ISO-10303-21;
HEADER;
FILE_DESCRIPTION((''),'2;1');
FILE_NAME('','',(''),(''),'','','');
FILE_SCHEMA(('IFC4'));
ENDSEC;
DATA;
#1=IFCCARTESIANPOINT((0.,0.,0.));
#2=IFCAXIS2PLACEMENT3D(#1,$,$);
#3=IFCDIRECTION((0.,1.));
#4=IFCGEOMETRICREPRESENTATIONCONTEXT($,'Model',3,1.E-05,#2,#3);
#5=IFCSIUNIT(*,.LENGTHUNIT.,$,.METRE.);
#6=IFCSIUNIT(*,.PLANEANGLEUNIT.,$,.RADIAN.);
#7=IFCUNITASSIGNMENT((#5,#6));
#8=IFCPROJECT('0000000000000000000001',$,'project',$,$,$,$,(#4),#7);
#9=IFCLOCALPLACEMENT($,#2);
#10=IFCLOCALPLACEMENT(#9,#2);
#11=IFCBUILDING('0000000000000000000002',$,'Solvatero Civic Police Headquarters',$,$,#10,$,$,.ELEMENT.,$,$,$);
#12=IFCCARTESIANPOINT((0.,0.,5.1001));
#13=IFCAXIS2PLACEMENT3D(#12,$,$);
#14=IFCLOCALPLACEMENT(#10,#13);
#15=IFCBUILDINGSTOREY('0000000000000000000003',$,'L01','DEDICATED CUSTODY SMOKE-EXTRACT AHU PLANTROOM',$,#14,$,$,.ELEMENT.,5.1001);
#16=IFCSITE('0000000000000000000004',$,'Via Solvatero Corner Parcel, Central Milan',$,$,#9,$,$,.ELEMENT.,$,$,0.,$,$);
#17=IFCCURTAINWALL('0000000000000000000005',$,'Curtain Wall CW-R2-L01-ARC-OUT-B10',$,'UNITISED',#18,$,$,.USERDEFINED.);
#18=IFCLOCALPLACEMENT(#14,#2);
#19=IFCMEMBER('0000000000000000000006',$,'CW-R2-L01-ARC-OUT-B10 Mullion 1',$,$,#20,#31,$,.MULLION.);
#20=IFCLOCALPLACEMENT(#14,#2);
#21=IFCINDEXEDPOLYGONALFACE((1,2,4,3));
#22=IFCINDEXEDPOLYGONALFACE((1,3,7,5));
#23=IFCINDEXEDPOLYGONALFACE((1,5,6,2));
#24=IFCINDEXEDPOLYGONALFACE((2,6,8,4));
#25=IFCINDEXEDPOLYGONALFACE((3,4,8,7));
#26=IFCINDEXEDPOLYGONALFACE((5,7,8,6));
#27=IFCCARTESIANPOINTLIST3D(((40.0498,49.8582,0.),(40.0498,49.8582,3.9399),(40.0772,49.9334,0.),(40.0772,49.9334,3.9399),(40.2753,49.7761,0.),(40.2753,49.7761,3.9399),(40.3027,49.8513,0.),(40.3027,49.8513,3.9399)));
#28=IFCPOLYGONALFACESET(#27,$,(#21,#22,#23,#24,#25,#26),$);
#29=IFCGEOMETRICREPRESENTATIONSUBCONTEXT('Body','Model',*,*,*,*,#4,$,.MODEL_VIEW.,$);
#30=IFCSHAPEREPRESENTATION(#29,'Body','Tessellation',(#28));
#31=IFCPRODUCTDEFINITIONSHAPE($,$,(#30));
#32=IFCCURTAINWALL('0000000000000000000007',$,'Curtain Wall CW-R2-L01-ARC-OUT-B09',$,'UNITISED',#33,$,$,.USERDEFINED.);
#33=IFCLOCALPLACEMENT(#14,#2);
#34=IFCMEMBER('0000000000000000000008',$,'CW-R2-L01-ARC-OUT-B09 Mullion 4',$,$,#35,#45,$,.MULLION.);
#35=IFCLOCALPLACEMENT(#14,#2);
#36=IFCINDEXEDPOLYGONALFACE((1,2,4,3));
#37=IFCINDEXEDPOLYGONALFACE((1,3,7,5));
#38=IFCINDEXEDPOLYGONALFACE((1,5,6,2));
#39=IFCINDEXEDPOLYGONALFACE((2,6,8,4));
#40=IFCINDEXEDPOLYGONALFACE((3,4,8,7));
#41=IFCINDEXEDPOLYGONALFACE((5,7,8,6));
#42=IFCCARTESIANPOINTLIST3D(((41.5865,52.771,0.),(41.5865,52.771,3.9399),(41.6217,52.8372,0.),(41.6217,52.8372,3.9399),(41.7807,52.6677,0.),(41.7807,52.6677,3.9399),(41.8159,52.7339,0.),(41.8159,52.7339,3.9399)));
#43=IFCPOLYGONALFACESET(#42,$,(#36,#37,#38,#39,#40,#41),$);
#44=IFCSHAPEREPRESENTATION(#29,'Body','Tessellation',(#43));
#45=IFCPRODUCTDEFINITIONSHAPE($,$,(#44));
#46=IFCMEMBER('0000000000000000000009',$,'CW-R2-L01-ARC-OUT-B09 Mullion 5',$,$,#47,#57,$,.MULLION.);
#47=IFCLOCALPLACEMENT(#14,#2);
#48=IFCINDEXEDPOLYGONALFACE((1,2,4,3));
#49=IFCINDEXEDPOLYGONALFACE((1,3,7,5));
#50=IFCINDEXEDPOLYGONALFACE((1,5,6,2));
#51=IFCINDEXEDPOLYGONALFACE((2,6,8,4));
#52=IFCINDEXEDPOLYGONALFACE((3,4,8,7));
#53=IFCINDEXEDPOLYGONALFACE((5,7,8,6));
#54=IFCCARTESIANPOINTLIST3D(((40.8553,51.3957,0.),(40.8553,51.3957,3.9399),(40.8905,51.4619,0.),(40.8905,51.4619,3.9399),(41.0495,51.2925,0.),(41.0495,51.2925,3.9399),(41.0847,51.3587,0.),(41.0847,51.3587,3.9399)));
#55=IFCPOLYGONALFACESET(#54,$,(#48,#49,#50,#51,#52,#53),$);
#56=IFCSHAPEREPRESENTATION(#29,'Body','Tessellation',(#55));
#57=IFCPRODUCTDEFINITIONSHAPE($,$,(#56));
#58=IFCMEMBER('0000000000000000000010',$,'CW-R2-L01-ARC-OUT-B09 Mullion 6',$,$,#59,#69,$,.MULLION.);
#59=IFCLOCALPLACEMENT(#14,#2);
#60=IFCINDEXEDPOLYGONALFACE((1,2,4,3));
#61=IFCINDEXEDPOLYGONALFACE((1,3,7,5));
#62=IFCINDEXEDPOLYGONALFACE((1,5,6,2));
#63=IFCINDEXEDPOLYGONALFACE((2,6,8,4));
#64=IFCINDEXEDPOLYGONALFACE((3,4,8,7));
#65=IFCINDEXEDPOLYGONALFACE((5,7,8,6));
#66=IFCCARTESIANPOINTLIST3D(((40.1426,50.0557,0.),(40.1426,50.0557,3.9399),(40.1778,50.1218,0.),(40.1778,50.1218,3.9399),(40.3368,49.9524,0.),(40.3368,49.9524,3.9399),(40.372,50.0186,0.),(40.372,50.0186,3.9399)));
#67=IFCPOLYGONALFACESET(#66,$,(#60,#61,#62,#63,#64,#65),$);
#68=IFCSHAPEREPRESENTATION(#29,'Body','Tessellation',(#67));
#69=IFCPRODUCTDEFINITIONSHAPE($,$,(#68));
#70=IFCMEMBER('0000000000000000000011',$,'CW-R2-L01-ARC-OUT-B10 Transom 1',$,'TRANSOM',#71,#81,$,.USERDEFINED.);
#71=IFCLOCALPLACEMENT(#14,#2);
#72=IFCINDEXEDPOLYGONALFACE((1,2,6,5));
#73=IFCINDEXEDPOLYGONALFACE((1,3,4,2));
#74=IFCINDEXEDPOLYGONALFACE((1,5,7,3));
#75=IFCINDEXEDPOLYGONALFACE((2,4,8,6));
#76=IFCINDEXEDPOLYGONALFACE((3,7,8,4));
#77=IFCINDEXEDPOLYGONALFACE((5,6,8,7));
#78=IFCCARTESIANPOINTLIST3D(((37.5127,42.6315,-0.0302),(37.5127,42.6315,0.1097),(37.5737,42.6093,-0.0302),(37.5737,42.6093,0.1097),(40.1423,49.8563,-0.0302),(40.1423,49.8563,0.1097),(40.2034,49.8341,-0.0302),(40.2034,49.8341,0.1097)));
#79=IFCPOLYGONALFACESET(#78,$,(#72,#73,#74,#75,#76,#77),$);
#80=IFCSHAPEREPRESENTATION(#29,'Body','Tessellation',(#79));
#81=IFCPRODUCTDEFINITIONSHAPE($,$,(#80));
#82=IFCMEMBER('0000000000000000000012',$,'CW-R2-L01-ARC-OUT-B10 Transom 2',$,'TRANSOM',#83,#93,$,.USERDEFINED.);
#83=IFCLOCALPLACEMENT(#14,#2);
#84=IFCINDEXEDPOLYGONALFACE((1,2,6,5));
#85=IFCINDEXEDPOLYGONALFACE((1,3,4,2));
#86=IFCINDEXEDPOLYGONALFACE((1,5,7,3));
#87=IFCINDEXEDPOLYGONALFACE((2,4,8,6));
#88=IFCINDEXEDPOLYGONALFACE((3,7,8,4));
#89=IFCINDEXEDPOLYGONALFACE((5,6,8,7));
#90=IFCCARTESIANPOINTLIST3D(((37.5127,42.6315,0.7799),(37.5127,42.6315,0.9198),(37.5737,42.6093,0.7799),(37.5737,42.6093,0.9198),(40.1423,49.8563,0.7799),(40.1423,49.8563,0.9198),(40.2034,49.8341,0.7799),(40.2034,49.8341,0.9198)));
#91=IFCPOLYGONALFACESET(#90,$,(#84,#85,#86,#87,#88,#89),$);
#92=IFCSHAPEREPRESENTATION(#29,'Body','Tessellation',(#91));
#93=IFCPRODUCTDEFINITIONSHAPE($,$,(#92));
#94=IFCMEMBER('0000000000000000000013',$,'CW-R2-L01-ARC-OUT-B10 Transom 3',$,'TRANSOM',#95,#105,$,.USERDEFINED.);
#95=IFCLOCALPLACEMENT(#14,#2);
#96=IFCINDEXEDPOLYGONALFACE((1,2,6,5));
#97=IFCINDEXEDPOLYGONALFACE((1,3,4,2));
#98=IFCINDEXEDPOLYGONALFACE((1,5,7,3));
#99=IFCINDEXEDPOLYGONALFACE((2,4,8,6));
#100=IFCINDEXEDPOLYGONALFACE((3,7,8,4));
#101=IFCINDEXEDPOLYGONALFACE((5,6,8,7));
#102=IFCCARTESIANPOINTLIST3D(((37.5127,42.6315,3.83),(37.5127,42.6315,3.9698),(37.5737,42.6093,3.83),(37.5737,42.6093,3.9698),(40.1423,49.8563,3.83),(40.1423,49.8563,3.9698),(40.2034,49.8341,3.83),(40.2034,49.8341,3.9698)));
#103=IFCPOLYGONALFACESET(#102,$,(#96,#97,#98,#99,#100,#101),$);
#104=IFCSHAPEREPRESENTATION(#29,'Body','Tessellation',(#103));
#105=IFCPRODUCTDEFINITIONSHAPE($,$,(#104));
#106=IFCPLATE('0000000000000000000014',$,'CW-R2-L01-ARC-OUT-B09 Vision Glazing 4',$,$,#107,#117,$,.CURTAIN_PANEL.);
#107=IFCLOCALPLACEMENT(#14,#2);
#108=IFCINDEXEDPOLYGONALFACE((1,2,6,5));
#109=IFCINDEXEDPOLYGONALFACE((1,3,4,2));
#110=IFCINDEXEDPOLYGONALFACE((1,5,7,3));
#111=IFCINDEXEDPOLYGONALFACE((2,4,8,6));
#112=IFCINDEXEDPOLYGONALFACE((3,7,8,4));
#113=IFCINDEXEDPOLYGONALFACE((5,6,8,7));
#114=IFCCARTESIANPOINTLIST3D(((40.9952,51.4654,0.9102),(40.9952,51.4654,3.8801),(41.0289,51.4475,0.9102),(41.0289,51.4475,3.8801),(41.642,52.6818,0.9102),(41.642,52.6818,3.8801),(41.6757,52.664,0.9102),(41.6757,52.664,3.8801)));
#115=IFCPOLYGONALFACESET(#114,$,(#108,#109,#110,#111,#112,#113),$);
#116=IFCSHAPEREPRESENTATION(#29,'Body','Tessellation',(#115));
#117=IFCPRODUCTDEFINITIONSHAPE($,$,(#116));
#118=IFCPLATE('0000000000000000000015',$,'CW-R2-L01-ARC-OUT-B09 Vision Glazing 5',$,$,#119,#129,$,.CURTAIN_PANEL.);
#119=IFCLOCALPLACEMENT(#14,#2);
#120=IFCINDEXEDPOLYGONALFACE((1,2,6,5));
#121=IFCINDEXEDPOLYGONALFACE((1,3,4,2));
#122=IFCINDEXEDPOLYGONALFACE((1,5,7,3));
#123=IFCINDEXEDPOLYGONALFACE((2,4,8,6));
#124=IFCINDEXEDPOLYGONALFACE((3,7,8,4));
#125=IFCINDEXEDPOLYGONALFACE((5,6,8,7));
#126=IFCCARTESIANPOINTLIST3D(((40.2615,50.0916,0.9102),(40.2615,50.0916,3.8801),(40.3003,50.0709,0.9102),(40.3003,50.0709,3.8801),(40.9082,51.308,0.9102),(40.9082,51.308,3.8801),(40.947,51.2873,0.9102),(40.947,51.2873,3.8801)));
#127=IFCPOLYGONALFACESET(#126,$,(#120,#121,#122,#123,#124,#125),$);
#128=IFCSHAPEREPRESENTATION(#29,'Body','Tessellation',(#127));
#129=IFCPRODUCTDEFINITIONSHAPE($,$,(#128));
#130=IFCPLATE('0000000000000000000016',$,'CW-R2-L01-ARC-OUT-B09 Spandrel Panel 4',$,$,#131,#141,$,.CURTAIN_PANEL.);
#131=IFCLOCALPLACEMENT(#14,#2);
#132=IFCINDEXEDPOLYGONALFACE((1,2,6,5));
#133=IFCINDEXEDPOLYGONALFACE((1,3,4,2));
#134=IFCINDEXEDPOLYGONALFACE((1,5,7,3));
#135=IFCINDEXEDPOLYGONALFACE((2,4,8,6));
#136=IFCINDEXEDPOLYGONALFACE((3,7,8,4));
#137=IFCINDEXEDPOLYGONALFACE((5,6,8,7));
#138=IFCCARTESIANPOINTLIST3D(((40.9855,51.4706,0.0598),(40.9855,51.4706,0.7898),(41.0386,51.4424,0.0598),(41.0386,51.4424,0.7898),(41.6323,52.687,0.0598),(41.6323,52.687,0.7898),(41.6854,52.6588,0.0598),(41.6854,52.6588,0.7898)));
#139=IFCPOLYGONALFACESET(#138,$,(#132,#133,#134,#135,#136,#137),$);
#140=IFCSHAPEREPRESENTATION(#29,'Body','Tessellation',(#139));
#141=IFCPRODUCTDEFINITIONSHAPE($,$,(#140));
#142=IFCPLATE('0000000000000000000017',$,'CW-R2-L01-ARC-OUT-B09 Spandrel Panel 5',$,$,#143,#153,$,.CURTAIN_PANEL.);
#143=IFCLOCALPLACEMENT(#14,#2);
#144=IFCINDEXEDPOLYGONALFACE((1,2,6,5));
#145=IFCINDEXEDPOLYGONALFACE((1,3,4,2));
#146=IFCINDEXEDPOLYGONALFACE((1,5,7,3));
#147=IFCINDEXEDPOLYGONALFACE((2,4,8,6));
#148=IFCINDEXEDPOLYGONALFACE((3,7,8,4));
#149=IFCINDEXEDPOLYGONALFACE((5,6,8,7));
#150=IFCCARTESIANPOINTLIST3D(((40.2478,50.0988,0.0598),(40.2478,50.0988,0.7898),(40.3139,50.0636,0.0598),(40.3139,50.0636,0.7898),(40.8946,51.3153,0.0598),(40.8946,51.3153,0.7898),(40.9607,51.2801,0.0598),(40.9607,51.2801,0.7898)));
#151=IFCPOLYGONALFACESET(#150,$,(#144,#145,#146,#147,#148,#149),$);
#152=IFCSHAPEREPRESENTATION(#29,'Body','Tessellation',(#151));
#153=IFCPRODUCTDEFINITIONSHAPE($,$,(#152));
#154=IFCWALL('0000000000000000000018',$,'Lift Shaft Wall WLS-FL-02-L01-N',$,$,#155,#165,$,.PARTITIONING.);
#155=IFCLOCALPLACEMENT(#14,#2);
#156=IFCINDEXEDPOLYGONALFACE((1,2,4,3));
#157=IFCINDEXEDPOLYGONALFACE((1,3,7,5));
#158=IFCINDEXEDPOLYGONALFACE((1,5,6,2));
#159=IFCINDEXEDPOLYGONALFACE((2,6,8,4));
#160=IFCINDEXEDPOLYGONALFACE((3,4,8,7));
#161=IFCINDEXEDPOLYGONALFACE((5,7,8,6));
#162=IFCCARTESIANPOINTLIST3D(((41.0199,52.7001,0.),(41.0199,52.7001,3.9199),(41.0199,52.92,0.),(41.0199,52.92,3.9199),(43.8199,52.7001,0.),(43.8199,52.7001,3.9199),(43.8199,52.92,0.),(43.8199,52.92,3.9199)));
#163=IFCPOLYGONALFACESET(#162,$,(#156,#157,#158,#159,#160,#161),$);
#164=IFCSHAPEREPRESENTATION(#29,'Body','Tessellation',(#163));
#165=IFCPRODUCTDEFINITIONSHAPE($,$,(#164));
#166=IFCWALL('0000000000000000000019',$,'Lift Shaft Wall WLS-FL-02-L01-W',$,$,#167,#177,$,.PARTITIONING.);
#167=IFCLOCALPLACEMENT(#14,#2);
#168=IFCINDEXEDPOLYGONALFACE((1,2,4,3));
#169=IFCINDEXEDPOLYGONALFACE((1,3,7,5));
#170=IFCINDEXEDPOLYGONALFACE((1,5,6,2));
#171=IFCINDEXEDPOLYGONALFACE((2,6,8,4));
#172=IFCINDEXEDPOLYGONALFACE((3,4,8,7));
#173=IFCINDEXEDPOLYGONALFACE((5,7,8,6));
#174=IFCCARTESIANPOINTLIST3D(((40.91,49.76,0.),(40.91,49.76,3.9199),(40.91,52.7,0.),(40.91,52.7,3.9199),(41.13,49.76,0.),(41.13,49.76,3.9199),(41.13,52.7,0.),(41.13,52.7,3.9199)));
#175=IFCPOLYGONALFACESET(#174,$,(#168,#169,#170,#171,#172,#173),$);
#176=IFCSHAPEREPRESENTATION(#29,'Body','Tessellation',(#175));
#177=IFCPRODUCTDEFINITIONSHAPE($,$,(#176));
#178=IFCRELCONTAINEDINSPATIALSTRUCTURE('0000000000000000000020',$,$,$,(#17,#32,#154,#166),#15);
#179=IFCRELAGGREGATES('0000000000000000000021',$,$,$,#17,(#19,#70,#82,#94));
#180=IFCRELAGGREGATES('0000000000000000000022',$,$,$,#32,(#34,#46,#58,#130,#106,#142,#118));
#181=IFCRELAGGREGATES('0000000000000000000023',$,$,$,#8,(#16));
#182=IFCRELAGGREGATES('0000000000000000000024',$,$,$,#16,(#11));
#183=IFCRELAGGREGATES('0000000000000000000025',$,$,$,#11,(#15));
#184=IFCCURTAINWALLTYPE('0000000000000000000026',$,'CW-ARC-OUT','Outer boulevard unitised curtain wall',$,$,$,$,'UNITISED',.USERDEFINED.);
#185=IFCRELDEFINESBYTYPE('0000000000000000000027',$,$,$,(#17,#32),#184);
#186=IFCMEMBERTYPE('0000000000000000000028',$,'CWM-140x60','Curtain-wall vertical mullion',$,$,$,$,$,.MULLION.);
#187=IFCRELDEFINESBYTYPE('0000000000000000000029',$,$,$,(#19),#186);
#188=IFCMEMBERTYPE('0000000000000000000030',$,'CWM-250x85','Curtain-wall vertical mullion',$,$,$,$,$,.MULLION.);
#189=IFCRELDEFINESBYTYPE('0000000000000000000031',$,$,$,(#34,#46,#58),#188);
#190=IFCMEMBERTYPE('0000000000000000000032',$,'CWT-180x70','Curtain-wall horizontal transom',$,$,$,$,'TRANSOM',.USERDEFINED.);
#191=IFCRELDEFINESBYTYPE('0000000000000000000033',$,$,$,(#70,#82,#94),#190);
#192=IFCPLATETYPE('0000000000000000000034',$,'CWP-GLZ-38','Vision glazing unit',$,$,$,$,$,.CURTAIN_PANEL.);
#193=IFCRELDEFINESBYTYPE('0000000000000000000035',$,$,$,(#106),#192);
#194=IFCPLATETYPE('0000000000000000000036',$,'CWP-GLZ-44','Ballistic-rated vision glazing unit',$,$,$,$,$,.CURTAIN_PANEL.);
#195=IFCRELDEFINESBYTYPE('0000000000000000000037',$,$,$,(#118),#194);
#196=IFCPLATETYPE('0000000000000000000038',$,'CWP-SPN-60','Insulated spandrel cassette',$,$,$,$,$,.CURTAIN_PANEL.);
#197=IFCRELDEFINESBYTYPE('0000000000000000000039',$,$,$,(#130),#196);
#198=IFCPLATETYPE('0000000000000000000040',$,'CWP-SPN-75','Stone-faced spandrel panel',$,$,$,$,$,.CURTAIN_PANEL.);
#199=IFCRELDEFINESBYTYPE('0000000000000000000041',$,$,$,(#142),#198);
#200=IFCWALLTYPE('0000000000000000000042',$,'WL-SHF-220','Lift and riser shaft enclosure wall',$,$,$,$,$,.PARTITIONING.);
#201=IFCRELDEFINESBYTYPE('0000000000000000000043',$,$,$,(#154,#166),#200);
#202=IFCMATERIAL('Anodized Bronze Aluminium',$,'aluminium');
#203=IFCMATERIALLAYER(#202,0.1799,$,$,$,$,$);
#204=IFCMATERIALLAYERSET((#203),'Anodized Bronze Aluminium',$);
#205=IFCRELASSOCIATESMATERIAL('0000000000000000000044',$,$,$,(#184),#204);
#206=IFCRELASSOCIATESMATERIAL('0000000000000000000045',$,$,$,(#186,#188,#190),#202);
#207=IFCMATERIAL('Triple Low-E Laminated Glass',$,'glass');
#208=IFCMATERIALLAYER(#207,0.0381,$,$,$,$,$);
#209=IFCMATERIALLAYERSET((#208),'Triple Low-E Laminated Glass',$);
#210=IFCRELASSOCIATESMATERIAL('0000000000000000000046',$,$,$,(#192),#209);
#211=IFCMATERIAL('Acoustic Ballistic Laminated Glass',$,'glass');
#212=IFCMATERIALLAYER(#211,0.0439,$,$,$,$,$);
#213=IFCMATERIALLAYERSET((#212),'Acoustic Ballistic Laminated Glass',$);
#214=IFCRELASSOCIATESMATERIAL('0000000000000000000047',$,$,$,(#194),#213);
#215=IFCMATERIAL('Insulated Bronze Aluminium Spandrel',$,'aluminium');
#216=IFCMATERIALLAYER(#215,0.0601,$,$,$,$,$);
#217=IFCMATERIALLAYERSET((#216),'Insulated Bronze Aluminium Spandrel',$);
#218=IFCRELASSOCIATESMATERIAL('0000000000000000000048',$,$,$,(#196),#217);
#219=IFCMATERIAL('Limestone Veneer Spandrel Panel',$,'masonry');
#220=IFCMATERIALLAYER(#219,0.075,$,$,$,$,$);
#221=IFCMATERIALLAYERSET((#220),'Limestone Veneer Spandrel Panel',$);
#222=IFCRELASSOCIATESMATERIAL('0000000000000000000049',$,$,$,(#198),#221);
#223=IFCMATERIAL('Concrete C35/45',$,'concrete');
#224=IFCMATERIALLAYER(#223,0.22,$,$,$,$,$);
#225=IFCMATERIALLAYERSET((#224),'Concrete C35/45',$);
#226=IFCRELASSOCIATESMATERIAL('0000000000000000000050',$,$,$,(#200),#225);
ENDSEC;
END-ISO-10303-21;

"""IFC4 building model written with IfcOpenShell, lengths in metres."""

from ifc_helpers import new_model, si_unit, direction, frame, frame_2d, origin, origin_2d, place, context, subcontext, project, spatial, rectangle, extrude, material, layer, layer_set, material_profile, profile_set, type_object, element, aggregate, save


model = new_model("IFC4")

# Units and contexts
model_context = context("Model", 3, precision=1e-05, world=origin(), true_north=direction((0.0, 1.0)))
body_context = subcontext(model_context, "Body", "Model", "MODEL_VIEW")
ifc_project = project(units=[si_unit("LENGTHUNIT", "METRE"), si_unit("PLANEANGLEUNIT", "RADIAN")], contexts=[model_context])

# Site, building, storey
site_placement = place(None, origin())
site = spatial("IfcSite", under=ifc_project, at=site_placement, Name="Via Solvatero Corner Parcel, Central Milan", CompositionType="ELEMENT", RefElevation=0.0)
building_placement = place(site_placement, origin())
building = spatial("IfcBuilding", under=site, at=building_placement, Name="Solvatero Civic Police Headquarters", CompositionType="ELEMENT")
storey_placement = place(building_placement, frame((0.0, 0.0, 5.1001)))
storey = spatial("IfcBuildingStorey", under=building, at=storey_placement, Name="L01", Description="DEDICATED CUSTODY SMOKE-EXTRACT AHU PLANTROOM", CompositionType="ELEMENT", Elevation=5.1001)

# Curtain wall, member
ifc_material_1 = material(Name="Anodized Bronze Aluminium", Category="aluminium")
ifc_layer_1 = layer(ifc_material_1, 0.1799)
ifc_layer_set_1 = layer_set([ifc_layer_1], Name="Anodized Bronze Aluminium")
curtain_wall_type = type_object("IfcCurtainWallType", Name="CW-ARC-OUT", Description="Outer boulevard unitised curtain wall", ElementType="UNITISED", PredefinedType="USERDEFINED", material=ifc_layer_set_1)
curtain_wall_1_placement = place(storey_placement, origin())
curtain_wall_1 = element("IfcCurtainWall", 1, at=curtain_wall_1_placement, inside=storey, type_object=curtain_wall_type, Name="Curtain Wall CW-R2-L01-ARC-OUT-B10", ObjectType="UNITISED", PredefinedType="USERDEFINED")
ifc_material_profile_1 = material_profile(ifc_material_1, rectangle(XDim=0.0801, YDim=0.24, at=origin_2d()), Name="ALU MULLION 80x240")
ifc_profile_set_1 = profile_set([ifc_material_profile_1], Name="Anodized Bronze Aluminium")
member_type_1 = type_object("IfcMemberType", Name="CWM-140x60", Description="Curtain-wall vertical mullion", PredefinedType="MULLION", material=ifc_profile_set_1)
member_1_placement = place(storey_placement, frame((40.1763, 49.8547, 0.0), z_axis=(0.0, 0.0, 1.0), x_axis=(-0.34202, -0.939693, 0.0)))
member_1 = element("IfcMember", 2, at=member_1_placement, type_object=member_type_1, Name="CW-R2-L01-ARC-OUT-B10 Mullion 1", PredefinedType="MULLION", context=body_context, shape_type="SweptSolid", body=[
    extrude(rectangle(XDim=0.0801, YDim=0.24, at=origin_2d()), origin(), (0.0, 0.0, 1.0), 3.9399),
])

# Curtain wall, members
curtain_wall_2_placement = place(storey_placement, origin())
curtain_wall_2 = element("IfcCurtainWall", 3, at=curtain_wall_2_placement, inside=storey, type_object=curtain_wall_type, Name="Curtain Wall CW-R2-L01-ARC-OUT-B09", ObjectType="UNITISED", PredefinedType="USERDEFINED")
ifc_material_profile_2 = material_profile(ifc_material_1, rectangle(XDim=0.075, YDim=0.22, at=origin_2d()), Name="ALU MULLION 75x220")
ifc_profile_set_2 = profile_set([ifc_material_profile_2], Name="Anodized Bronze Aluminium")
member_type_2 = type_object("IfcMemberType", Name="CWM-250x85", Description="Curtain-wall vertical mullion", PredefinedType="MULLION", material=ifc_profile_set_2)
member_2_placement = place(storey_placement, frame((41.7012, 52.7524, 0.0), z_axis=(0.0, 0.0, 1.0), x_axis=(-0.469472, -0.882948, 0.0)))
member_2 = element("IfcMember", 4, at=member_2_placement, type_object=member_type_2, Name="CW-R2-L01-ARC-OUT-B09 Mullion 4", PredefinedType="MULLION", context=body_context, shape_type="SweptSolid", body=[
    extrude(rectangle(XDim=0.075, YDim=0.22, at=origin_2d()), origin(), (0.0, 0.0, 1.0), 3.9399),
])
member_3_placement = place(storey_placement, frame((40.97, 51.3772, 0.0), z_axis=(0.0, 0.0, 1.0), x_axis=(-0.469472, -0.882948, 0.0)))
member_3 = element("IfcMember", 5, at=member_3_placement, type_object=member_type_2, Name="CW-R2-L01-ARC-OUT-B09 Mullion 5", PredefinedType="MULLION", context=body_context, shape_type="SweptSolid", body=[
    extrude(rectangle(XDim=0.075, YDim=0.22, at=origin_2d()), origin(), (0.0, 0.0, 1.0), 3.9399),
])
member_4_placement = place(storey_placement, frame((40.2573, 50.0371, 0.0), z_axis=(0.0, 0.0, 1.0), x_axis=(-0.469472, -0.882948, 0.0)))
member_4 = element("IfcMember", 6, at=member_4_placement, type_object=member_type_2, Name="CW-R2-L01-ARC-OUT-B09 Mullion 6", PredefinedType="MULLION", context=body_context, shape_type="SweptSolid", body=[
    extrude(rectangle(XDim=0.075, YDim=0.22, at=origin_2d()), origin(), (0.0, 0.0, 1.0), 3.9399),
])

# Members
ifc_material_profile_3 = material_profile(ifc_material_1, rectangle(XDim=0.0649, YDim=0.1399, at=origin_2d()), Name="ALU TRANSOM 65x140")
ifc_profile_set_3 = profile_set([ifc_material_profile_3], Name="Anodized Bronze Aluminium")
member_type_3 = type_object("IfcMemberType", Name="CWT-180x70", Description="Curtain-wall horizontal transom", ElementType="TRANSOM", PredefinedType="USERDEFINED", material=ifc_profile_set_3)
member_5_placement = place(storey_placement, frame((40.1729, 49.8452, 0.0398), z_axis=(-0.342021, -0.939692, 0.0), x_axis=(0.939692, -0.342021, 0.0)))
member_5 = element("IfcMember", 7, at=member_5_placement, type_object=member_type_3, Name="CW-R2-L01-ARC-OUT-B10 Transom 1", ObjectType="TRANSOM", PredefinedType="USERDEFINED", context=body_context, shape_type="SweptSolid", body=[
    extrude(rectangle(XDim=0.0649, YDim=0.1399, at=origin_2d()), origin(), (0.0, 0.0, 1.0), 7.6885),
])
member_6_placement = place(storey_placement, frame((40.1729, 49.8452, 0.8499), z_axis=(-0.342021, -0.939692, 0.0), x_axis=(0.939692, -0.342021, 0.0)))
member_6 = element("IfcMember", 8, at=member_6_placement, type_object=member_type_3, Name="CW-R2-L01-ARC-OUT-B10 Transom 2", ObjectType="TRANSOM", PredefinedType="USERDEFINED", context=body_context, shape_type="SweptSolid", body=[
    extrude(rectangle(XDim=0.0649, YDim=0.1399, at=origin_2d()), origin(), (0.0, 0.0, 1.0), 7.6885),
])
member_7_placement = place(storey_placement, frame((40.1729, 49.8452, 3.8999), z_axis=(-0.342021, -0.939692, 0.0), x_axis=(0.939692, -0.342021, 0.0)))
member_7 = element("IfcMember", 9, at=member_7_placement, type_object=member_type_3, Name="CW-R2-L01-ARC-OUT-B10 Transom 3", ObjectType="TRANSOM", PredefinedType="USERDEFINED", context=body_context, shape_type="SweptSolid", body=[
    extrude(rectangle(XDim=0.0649, YDim=0.1399, at=origin_2d()), origin(), (0.0, 0.0, 1.0), 7.6885),
])
aggregate(curtain_wall_1, [member_1, member_5, member_6, member_7])

# Plates
ifc_material_2 = material(Name="Triple Low-E Laminated Glass", Category="glass")
ifc_layer_2 = layer(ifc_material_2, 0.0381)
ifc_layer_set_2 = layer_set([ifc_layer_2], Name="Triple Low-E Laminated Glass")
plate_type_1 = type_object("IfcPlateType", Name="CWP-GLZ-38", Description="Vision glazing unit", PredefinedType="CURTAIN_PANEL", material=ifc_layer_set_2)
plate_1_placement = place(storey_placement, frame((41.3354, 52.0647, 0.9102), z_axis=(0.0, 0.0, 1.0), x_axis=(-0.469472, -0.882948, 0.0)))
plate_1 = element("IfcPlate", 10, at=plate_1_placement, type_object=plate_type_1, Name="CW-R2-L01-ARC-OUT-B09 Vision Glazing 4", PredefinedType="CURTAIN_PANEL", context=body_context, shape_type="SweptSolid", body=[
    extrude(rectangle(XDim=1.3777, YDim=0.0381, at=origin_2d()), origin(), (0.0, 0.0, 1.0), 2.97),
])
ifc_material_3 = material(Name="Acoustic Ballistic Laminated Glass", Category="glass")
ifc_layer_3 = layer(ifc_material_3, 0.0439)
ifc_layer_set_3 = layer_set([ifc_layer_3], Name="Acoustic Ballistic Laminated Glass")
plate_type_2 = type_object("IfcPlateType", Name="CWP-GLZ-44", Description="Ballistic-rated vision glazing unit", PredefinedType="CURTAIN_PANEL", material=ifc_layer_set_3)
plate_2_placement = place(storey_placement, frame((40.6042, 50.6895, 0.9102), z_axis=(0.0, 0.0, 1.0), x_axis=(-0.469472, -0.882948, 0.0)))
plate_2 = element("IfcPlate", 11, at=plate_2_placement, type_object=plate_type_2, Name="CW-R2-L01-ARC-OUT-B09 Vision Glazing 5", PredefinedType="CURTAIN_PANEL", context=body_context, shape_type="SweptSolid", body=[
    extrude(rectangle(XDim=1.3777, YDim=0.0439, at=origin_2d()), origin(), (0.0, 0.0, 1.0), 2.97),
])
ifc_material_4 = material(Name="Insulated Bronze Aluminium Spandrel", Category="aluminium")
ifc_layer_4 = layer(ifc_material_4, 0.0601)
ifc_layer_set_4 = layer_set([ifc_layer_4], Name="Insulated Bronze Aluminium Spandrel")
plate_type_3 = type_object("IfcPlateType", Name="CWP-SPN-60", Description="Insulated spandrel cassette", PredefinedType="CURTAIN_PANEL", material=ifc_layer_set_4)
plate_3_placement = place(storey_placement, frame((41.3354, 52.0647, 0.0598), z_axis=(0.0, 0.0, 1.0), x_axis=(-0.469472, -0.882948, 0.0)))
plate_3 = element("IfcPlate", 12, at=plate_3_placement, type_object=plate_type_3, Name="CW-R2-L01-ARC-OUT-B09 Spandrel Panel 4", PredefinedType="CURTAIN_PANEL", context=body_context, shape_type="SweptSolid", body=[
    extrude(rectangle(XDim=1.3777, YDim=0.0601, at=origin_2d()), origin(), (0.0, 0.0, 1.0), 0.73),
])
ifc_material_5 = material(Name="Limestone Veneer Spandrel Panel", Category="masonry")
ifc_layer_5 = layer(ifc_material_5, 0.075)
ifc_layer_set_5 = layer_set([ifc_layer_5], Name="Limestone Veneer Spandrel Panel")
plate_type_4 = type_object("IfcPlateType", Name="CWP-SPN-75", Description="Stone-faced spandrel panel", PredefinedType="CURTAIN_PANEL", material=ifc_layer_set_5)
plate_4_placement = place(storey_placement, frame((40.6042, 50.6895, 0.0598), z_axis=(0.0, 0.0, 1.0), x_axis=(-0.469472, -0.882948, 0.0)))
plate_4 = element("IfcPlate", 13, at=plate_4_placement, type_object=plate_type_4, Name="CW-R2-L01-ARC-OUT-B09 Spandrel Panel 5", PredefinedType="CURTAIN_PANEL", context=body_context, shape_type="SweptSolid", body=[
    extrude(rectangle(XDim=1.3777, YDim=0.075, at=origin_2d()), origin(), (0.0, 0.0, 1.0), 0.73),
])
aggregate(curtain_wall_2, [member_2, member_3, member_4, plate_3, plate_1, plate_4, plate_2])

# Walls
ifc_material_6 = material(Name="Concrete C35/45", Category="concrete")
ifc_layer_6 = layer(ifc_material_6, 0.22)
ifc_layer_set_6 = layer_set([ifc_layer_6], Name="Concrete C35/45")
wall_type = type_object("IfcWallType", Name="WL-SHF-220", Description="Lift and riser shaft enclosure wall", PredefinedType="PARTITIONING", material=ifc_layer_set_6)
wall_1_placement = place(storey_placement, frame((41.02, 52.8101, 0.0), z_axis=(0.0, 0.0, 1.0), x_axis=(1.0, 0.0, 0.0)))
element("IfcWall", 14, at=wall_1_placement, inside=storey, type_object=wall_type, Name="Lift Shaft Wall WLS-FL-02-L01-N", PredefinedType="PARTITIONING", context=body_context, shape_type="SweptSolid", body=[
    extrude(rectangle(XDim=2.8, YDim=0.22, at=frame_2d((1.3999, 0.0))), origin(), (0.0, 0.0, 1.0), 3.9199),
])
wall_2_placement = place(storey_placement, frame((41.02, 49.76, 0.0), z_axis=(0.0, 0.0, 1.0), x_axis=(0.0, 1.0, 0.0)))
element("IfcWall", 15, at=wall_2_placement, inside=storey, type_object=wall_type, Name="Lift Shaft Wall WLS-FL-02-L01-W", PredefinedType="PARTITIONING", context=body_context, shape_type="SweptSolid", body=[
    extrude(rectangle(XDim=2.9399, YDim=0.22, at=frame_2d((1.47, 0.0))), origin(), (0.0, 0.0, 1.0), 3.9199),
])

save(model, "model.ifc")
